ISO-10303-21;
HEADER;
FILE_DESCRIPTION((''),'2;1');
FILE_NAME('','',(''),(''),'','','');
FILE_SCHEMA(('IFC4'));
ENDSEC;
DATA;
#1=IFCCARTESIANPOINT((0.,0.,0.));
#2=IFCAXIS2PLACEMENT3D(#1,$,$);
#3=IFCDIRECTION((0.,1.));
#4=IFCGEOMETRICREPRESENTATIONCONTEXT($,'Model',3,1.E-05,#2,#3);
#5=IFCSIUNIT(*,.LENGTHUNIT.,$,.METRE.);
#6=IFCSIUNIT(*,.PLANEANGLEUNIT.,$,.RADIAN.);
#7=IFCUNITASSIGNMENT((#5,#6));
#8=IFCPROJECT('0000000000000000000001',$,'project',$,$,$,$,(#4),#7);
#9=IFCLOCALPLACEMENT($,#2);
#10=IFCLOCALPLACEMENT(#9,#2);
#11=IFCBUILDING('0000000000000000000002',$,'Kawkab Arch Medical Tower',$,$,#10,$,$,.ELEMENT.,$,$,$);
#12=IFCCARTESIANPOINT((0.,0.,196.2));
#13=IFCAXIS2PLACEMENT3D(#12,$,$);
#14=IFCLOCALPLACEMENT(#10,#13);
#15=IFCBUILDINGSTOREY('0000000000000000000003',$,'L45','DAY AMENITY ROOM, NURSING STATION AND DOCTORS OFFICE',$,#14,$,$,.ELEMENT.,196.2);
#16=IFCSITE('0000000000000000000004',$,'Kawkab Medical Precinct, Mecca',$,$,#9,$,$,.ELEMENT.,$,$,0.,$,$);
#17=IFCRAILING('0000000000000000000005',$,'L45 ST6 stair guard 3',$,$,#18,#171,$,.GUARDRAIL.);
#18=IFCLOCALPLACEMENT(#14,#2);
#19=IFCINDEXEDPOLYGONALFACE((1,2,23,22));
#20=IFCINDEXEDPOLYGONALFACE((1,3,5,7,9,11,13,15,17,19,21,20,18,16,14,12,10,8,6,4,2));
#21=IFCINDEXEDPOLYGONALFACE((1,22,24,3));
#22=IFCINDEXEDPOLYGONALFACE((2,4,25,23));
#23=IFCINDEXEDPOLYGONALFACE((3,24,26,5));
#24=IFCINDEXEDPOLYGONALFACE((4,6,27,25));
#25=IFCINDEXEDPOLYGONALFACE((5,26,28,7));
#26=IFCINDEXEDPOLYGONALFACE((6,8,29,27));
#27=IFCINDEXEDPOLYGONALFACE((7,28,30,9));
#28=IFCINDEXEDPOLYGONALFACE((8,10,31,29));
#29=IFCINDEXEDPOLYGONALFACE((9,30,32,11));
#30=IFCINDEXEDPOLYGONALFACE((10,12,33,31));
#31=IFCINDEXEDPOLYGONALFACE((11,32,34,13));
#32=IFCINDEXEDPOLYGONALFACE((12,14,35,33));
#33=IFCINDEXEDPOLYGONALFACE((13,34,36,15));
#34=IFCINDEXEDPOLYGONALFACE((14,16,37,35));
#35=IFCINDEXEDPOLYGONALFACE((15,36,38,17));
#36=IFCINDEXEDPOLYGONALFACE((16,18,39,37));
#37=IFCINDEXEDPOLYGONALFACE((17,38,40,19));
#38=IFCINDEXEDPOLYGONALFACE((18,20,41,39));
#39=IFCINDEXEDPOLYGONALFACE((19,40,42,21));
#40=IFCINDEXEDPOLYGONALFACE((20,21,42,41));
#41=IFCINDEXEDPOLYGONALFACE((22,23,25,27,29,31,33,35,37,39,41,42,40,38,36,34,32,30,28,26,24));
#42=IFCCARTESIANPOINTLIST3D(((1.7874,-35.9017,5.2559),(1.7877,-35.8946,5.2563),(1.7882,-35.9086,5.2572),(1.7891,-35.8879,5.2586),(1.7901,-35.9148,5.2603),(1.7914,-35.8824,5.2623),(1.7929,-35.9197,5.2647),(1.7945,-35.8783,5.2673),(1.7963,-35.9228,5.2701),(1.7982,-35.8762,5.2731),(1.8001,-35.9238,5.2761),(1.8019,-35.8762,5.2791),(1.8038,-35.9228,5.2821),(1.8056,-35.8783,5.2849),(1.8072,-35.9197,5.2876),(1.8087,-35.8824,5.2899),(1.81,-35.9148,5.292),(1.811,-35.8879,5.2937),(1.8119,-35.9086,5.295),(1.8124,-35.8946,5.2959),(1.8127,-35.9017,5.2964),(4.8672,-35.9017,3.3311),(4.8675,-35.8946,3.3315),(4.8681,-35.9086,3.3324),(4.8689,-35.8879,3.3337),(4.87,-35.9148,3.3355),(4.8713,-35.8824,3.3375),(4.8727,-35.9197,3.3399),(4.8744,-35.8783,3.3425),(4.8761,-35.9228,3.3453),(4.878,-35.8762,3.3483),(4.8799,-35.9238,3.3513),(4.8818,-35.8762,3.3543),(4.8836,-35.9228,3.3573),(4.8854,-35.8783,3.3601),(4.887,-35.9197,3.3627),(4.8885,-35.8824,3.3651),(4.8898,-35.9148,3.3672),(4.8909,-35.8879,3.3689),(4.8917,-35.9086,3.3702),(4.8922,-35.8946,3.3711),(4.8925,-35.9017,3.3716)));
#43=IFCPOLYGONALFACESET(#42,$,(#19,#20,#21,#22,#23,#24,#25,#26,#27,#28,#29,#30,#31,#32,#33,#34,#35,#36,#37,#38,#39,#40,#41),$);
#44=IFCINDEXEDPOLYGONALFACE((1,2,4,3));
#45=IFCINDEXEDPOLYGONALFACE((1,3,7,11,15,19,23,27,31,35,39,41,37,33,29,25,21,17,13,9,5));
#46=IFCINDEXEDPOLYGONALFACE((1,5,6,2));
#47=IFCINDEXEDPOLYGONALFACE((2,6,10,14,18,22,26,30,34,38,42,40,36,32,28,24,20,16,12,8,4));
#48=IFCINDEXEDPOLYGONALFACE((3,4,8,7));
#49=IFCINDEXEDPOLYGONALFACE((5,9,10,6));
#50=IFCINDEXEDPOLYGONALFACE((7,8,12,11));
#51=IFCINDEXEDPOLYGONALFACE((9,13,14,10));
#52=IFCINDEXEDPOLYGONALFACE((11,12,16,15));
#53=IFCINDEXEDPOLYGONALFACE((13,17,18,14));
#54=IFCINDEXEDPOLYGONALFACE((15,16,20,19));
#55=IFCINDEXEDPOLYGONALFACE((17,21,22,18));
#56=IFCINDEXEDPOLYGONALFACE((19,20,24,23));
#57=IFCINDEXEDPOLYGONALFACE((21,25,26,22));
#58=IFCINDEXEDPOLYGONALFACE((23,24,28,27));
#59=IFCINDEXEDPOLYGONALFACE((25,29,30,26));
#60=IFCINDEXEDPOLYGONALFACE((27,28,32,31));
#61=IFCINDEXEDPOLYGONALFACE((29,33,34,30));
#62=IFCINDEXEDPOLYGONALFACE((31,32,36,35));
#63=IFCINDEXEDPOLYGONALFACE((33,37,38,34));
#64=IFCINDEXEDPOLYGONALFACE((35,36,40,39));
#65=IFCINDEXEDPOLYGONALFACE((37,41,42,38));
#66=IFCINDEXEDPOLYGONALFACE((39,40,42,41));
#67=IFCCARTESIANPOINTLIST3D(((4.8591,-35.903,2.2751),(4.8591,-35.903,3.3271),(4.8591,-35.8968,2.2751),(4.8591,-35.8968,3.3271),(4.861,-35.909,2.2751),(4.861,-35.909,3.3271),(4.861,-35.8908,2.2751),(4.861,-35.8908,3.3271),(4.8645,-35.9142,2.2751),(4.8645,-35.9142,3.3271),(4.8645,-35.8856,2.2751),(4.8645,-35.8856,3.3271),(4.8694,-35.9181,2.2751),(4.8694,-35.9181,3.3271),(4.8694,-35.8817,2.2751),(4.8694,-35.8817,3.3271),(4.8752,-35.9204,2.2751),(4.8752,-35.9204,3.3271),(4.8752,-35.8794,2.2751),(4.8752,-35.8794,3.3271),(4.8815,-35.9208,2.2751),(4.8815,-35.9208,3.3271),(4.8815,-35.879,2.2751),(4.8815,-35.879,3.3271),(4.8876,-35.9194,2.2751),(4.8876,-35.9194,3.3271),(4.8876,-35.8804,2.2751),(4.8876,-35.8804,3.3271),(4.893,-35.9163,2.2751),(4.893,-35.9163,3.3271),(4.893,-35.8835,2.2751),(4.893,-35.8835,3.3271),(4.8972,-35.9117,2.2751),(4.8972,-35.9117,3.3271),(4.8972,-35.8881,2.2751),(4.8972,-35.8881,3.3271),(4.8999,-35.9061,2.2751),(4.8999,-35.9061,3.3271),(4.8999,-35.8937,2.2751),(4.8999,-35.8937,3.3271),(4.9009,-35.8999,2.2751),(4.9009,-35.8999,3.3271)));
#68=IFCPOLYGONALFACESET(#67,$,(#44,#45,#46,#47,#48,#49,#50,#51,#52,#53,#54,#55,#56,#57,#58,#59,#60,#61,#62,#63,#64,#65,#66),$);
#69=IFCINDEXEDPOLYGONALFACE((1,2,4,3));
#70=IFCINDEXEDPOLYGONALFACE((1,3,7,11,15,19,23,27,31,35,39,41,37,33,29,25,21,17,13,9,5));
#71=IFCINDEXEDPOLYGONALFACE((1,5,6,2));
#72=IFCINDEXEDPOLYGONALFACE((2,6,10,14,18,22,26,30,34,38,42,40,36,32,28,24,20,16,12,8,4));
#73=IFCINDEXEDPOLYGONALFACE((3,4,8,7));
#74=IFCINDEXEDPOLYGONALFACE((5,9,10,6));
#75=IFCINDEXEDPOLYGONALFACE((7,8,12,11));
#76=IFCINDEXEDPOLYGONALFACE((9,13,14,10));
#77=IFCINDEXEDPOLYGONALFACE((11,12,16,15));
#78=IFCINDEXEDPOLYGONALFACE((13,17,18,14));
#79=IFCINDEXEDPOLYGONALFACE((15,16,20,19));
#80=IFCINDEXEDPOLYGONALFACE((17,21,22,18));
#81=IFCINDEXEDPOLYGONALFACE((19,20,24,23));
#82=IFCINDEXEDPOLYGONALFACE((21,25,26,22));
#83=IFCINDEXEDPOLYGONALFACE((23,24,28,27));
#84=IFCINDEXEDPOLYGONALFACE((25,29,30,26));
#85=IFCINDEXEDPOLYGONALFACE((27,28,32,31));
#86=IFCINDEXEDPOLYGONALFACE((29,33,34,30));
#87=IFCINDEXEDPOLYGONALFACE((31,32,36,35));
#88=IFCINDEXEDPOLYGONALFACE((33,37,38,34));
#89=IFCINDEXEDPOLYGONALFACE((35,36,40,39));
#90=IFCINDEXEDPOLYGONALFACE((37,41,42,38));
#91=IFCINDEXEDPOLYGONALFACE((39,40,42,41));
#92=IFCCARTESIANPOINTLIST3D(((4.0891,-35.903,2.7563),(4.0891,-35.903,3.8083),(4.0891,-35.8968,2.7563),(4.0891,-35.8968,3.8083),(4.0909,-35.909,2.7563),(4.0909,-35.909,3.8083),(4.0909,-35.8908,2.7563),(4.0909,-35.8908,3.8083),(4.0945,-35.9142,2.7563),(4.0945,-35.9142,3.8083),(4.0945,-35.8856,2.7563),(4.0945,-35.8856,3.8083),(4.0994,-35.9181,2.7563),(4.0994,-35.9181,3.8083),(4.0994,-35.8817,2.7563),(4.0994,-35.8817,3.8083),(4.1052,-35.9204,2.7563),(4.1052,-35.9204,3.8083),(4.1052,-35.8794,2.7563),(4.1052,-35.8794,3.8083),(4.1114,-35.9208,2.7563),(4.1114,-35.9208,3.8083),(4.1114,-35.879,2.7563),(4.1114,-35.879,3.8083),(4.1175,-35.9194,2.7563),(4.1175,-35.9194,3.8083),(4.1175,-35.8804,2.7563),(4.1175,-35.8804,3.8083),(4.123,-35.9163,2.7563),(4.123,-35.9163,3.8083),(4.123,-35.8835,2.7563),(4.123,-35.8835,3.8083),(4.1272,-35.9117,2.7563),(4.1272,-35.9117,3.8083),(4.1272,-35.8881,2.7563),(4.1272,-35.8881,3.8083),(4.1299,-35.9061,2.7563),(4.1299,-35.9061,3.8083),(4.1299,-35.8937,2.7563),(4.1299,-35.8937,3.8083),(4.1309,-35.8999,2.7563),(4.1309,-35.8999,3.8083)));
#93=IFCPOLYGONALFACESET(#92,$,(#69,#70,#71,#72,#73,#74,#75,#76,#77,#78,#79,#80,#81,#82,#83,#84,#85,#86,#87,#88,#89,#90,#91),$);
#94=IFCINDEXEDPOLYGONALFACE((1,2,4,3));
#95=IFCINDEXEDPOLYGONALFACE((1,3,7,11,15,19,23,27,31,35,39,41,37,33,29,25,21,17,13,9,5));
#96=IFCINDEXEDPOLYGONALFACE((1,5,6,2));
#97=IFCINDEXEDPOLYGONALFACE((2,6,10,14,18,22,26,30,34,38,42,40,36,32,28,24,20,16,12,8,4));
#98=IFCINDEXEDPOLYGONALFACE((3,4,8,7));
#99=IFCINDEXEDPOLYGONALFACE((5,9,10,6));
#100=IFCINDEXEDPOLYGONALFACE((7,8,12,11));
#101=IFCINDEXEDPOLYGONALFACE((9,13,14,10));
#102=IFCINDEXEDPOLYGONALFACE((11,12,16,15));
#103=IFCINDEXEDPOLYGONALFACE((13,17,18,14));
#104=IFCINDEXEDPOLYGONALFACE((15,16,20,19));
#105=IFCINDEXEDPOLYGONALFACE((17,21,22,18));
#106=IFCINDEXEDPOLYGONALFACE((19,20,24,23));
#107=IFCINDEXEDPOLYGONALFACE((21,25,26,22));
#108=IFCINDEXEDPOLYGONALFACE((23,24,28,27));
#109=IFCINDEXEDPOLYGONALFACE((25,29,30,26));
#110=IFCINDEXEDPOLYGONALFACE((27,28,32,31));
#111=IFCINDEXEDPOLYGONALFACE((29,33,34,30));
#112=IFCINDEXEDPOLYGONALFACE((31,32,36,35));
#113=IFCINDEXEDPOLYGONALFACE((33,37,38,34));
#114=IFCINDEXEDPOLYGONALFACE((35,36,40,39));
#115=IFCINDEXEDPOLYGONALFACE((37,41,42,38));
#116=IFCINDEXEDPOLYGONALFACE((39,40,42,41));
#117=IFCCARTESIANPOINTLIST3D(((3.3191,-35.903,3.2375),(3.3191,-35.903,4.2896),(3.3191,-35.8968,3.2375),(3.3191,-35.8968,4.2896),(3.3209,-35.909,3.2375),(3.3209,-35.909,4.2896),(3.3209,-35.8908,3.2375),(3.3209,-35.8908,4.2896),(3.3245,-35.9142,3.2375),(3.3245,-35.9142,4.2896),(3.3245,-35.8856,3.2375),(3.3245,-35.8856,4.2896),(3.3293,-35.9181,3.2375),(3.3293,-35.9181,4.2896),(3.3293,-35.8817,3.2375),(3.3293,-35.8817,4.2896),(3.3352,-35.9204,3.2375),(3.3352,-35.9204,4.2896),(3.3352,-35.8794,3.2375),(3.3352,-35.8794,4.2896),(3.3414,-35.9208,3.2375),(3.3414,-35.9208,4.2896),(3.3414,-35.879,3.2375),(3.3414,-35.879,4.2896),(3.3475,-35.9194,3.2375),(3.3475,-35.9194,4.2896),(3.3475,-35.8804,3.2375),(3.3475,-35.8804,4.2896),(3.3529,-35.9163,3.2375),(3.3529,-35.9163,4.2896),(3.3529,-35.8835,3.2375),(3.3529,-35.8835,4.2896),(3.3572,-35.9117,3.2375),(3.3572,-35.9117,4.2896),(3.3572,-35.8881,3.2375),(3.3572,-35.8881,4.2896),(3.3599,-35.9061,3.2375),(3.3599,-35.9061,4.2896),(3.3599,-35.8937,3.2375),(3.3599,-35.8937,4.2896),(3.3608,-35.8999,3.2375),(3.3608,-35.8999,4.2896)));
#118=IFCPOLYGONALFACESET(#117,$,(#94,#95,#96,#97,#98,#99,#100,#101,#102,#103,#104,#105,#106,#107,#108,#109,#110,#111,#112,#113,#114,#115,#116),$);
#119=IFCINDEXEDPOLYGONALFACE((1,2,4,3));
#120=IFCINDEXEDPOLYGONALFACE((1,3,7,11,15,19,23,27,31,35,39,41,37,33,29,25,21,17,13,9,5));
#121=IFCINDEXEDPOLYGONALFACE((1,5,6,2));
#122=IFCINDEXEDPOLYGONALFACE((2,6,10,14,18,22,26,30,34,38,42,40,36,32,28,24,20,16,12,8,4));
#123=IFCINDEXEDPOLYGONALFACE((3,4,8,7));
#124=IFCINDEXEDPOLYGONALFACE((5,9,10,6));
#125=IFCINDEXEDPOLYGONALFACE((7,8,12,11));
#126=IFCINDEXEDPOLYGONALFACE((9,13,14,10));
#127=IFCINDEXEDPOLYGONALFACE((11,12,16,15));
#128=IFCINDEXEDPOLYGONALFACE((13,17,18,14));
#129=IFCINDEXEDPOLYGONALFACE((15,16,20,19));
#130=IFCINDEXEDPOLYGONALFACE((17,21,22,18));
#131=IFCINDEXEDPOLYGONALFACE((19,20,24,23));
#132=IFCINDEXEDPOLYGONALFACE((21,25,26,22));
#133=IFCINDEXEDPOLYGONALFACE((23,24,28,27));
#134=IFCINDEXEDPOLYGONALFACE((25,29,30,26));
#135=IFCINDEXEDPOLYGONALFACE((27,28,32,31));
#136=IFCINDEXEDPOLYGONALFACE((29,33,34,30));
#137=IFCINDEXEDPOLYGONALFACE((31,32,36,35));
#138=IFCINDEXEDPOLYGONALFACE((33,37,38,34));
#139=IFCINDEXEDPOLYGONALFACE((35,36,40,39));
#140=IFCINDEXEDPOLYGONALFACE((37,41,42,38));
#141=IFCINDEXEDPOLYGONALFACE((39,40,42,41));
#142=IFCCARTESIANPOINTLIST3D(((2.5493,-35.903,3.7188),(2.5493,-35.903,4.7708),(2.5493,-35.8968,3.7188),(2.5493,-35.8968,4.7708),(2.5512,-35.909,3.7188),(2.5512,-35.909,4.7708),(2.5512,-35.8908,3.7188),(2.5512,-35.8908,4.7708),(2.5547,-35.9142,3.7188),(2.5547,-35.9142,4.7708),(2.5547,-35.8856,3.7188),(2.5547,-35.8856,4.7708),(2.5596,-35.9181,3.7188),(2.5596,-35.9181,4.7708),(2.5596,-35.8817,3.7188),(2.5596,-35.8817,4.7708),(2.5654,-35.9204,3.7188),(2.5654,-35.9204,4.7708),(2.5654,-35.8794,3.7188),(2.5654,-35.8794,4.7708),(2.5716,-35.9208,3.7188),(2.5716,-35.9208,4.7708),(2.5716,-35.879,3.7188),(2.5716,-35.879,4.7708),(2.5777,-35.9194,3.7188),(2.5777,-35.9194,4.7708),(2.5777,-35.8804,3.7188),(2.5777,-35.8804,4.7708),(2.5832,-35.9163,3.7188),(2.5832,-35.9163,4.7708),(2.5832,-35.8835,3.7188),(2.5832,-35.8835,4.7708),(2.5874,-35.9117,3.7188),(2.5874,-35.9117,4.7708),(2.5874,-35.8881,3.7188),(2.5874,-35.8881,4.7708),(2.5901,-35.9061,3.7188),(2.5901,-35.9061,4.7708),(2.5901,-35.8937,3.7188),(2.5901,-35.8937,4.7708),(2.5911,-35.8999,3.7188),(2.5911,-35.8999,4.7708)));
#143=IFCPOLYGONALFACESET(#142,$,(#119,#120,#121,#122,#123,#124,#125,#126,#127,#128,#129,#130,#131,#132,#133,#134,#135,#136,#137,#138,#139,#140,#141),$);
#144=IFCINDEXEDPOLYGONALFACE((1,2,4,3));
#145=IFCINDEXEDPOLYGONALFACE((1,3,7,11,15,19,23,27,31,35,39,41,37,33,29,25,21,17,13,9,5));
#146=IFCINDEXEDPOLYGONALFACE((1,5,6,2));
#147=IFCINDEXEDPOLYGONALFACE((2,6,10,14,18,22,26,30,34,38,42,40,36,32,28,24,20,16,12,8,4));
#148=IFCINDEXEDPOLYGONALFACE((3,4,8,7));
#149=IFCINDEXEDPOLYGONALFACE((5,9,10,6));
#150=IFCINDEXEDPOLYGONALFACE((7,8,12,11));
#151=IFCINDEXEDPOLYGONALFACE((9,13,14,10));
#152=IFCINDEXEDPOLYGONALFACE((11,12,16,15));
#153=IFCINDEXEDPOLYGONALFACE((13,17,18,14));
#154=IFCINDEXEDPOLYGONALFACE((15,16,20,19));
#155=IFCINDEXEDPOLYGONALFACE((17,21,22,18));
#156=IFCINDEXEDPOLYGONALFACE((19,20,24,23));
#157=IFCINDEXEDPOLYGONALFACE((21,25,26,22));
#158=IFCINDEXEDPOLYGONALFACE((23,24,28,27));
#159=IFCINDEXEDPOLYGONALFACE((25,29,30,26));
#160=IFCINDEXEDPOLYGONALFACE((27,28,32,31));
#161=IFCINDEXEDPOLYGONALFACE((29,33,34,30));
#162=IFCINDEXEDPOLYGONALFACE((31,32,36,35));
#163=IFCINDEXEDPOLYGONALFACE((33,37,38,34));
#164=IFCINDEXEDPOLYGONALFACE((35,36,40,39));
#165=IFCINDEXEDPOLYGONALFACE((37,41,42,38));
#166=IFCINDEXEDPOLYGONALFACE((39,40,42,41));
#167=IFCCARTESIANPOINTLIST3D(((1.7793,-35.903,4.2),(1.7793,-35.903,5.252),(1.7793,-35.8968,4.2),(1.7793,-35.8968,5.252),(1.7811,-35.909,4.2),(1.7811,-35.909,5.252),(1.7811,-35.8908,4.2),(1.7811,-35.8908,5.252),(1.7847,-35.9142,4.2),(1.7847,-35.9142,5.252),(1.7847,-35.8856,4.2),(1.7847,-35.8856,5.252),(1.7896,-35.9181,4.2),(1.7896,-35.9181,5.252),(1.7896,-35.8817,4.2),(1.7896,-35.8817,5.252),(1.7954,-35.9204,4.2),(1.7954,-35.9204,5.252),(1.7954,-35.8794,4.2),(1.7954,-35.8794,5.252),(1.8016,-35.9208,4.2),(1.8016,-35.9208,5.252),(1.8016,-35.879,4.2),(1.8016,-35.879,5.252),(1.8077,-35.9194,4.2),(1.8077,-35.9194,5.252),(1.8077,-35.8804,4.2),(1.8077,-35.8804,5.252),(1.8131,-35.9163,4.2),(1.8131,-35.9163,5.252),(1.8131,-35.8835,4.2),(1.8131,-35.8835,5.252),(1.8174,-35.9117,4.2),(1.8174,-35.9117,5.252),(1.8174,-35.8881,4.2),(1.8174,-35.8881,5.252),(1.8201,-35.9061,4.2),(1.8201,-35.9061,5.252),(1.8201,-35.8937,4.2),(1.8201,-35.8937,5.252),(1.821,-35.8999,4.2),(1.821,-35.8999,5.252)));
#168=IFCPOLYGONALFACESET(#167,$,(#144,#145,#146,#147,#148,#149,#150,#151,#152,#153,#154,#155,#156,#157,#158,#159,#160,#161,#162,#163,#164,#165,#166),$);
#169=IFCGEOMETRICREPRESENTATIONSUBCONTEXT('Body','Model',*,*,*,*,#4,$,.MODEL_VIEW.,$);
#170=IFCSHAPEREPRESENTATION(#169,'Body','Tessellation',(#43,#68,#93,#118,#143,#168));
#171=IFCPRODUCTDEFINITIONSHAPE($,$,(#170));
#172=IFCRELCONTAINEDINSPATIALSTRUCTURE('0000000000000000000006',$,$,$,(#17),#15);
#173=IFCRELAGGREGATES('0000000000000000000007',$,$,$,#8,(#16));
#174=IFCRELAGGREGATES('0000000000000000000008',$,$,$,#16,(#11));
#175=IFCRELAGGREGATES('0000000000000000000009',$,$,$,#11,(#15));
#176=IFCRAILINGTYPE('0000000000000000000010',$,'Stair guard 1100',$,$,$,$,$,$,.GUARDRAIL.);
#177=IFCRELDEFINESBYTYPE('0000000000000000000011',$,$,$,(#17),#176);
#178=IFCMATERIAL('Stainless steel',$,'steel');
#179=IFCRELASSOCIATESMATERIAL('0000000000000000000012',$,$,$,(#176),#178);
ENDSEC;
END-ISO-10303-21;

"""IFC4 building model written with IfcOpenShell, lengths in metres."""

from ifc_helpers import new_model, si_unit, direction, frame, origin, origin_2d, place, context, subcontext, project, spatial, circle, extrude, material, type_object, element, save


model = new_model("IFC4")

# Units and contexts
model_context = context("Model", 3, precision=1e-05, world=origin(), true_north=direction((0.0, 1.0)))
body_context = subcontext(model_context, "Body", "Model", "MODEL_VIEW")
ifc_project = project(units=[si_unit("LENGTHUNIT", "METRE"), si_unit("PLANEANGLEUNIT", "RADIAN")], contexts=[model_context])

# Site, building, storey
site_placement = place(None, origin())
site = spatial("IfcSite", under=ifc_project, at=site_placement, Name="Kawkab Medical Precinct, Mecca", CompositionType="ELEMENT", RefElevation=0.0)
building_placement = place(site_placement, origin())
building = spatial("IfcBuilding", under=site, at=building_placement, Name="Kawkab Arch Medical Tower", CompositionType="ELEMENT")
storey_placement = place(building_placement, frame((0.0, 0.0, 196.2)))
storey = spatial("IfcBuildingStorey", under=building, at=storey_placement, Name="L45", Description="DAY AMENITY ROOM, NURSING STATION AND DOCTORS OFFICE", CompositionType="ELEMENT", Elevation=196.2)

# Railing
ifc_material_1 = material(Name="Stainless steel", Category="steel")
railing_type = type_object("IfcRailingType", Name="Stair guard 1100", PredefinedType="GUARDRAIL", material=ifc_material_1)
railing_1_placement = place(storey_placement, frame((4.8799, -35.8999, 2.2751)))
element("IfcRailing", 1, at=railing_1_placement, inside=storey, type_object=railing_type, Name="L45 ST6 stair guard 3", PredefinedType="GUARDRAIL", context=body_context, shape_type="SweptSolid", body=[
    extrude(circle(Radius=0.0239, at=origin_2d()), frame((0.0, 0.0, 1.0762), z_axis=(-0.84801, 0.0, 0.529981), x_axis=(0.0, -1.0, 0.0)), (0.0, 0.0, 1.0), 3.6318),
    extrude(circle(Radius=0.021, at=origin_2d()), origin(), (0.0, 0.0, 1.0), 1.052),
    extrude(circle(Radius=0.021, at=origin_2d()), frame((-0.77, 0.0, 0.4812)), (0.0, 0.0, 1.0), 1.052),
    extrude(circle(Radius=0.021, at=origin_2d()), frame((-1.54, 0.0, 0.9624)), (0.0, 0.0, 1.0), 1.052),
    extrude(circle(Radius=0.021, at=origin_2d()), frame((-2.3098, 0.0, 1.4436)), (0.0, 0.0, 1.0), 1.052),
    extrude(circle(Radius=0.021, at=origin_2d()), frame((-3.0798, 0.0, 1.9248)), (0.0, 0.0, 1.0), 1.052),
])

save(model, "model.ifc")
